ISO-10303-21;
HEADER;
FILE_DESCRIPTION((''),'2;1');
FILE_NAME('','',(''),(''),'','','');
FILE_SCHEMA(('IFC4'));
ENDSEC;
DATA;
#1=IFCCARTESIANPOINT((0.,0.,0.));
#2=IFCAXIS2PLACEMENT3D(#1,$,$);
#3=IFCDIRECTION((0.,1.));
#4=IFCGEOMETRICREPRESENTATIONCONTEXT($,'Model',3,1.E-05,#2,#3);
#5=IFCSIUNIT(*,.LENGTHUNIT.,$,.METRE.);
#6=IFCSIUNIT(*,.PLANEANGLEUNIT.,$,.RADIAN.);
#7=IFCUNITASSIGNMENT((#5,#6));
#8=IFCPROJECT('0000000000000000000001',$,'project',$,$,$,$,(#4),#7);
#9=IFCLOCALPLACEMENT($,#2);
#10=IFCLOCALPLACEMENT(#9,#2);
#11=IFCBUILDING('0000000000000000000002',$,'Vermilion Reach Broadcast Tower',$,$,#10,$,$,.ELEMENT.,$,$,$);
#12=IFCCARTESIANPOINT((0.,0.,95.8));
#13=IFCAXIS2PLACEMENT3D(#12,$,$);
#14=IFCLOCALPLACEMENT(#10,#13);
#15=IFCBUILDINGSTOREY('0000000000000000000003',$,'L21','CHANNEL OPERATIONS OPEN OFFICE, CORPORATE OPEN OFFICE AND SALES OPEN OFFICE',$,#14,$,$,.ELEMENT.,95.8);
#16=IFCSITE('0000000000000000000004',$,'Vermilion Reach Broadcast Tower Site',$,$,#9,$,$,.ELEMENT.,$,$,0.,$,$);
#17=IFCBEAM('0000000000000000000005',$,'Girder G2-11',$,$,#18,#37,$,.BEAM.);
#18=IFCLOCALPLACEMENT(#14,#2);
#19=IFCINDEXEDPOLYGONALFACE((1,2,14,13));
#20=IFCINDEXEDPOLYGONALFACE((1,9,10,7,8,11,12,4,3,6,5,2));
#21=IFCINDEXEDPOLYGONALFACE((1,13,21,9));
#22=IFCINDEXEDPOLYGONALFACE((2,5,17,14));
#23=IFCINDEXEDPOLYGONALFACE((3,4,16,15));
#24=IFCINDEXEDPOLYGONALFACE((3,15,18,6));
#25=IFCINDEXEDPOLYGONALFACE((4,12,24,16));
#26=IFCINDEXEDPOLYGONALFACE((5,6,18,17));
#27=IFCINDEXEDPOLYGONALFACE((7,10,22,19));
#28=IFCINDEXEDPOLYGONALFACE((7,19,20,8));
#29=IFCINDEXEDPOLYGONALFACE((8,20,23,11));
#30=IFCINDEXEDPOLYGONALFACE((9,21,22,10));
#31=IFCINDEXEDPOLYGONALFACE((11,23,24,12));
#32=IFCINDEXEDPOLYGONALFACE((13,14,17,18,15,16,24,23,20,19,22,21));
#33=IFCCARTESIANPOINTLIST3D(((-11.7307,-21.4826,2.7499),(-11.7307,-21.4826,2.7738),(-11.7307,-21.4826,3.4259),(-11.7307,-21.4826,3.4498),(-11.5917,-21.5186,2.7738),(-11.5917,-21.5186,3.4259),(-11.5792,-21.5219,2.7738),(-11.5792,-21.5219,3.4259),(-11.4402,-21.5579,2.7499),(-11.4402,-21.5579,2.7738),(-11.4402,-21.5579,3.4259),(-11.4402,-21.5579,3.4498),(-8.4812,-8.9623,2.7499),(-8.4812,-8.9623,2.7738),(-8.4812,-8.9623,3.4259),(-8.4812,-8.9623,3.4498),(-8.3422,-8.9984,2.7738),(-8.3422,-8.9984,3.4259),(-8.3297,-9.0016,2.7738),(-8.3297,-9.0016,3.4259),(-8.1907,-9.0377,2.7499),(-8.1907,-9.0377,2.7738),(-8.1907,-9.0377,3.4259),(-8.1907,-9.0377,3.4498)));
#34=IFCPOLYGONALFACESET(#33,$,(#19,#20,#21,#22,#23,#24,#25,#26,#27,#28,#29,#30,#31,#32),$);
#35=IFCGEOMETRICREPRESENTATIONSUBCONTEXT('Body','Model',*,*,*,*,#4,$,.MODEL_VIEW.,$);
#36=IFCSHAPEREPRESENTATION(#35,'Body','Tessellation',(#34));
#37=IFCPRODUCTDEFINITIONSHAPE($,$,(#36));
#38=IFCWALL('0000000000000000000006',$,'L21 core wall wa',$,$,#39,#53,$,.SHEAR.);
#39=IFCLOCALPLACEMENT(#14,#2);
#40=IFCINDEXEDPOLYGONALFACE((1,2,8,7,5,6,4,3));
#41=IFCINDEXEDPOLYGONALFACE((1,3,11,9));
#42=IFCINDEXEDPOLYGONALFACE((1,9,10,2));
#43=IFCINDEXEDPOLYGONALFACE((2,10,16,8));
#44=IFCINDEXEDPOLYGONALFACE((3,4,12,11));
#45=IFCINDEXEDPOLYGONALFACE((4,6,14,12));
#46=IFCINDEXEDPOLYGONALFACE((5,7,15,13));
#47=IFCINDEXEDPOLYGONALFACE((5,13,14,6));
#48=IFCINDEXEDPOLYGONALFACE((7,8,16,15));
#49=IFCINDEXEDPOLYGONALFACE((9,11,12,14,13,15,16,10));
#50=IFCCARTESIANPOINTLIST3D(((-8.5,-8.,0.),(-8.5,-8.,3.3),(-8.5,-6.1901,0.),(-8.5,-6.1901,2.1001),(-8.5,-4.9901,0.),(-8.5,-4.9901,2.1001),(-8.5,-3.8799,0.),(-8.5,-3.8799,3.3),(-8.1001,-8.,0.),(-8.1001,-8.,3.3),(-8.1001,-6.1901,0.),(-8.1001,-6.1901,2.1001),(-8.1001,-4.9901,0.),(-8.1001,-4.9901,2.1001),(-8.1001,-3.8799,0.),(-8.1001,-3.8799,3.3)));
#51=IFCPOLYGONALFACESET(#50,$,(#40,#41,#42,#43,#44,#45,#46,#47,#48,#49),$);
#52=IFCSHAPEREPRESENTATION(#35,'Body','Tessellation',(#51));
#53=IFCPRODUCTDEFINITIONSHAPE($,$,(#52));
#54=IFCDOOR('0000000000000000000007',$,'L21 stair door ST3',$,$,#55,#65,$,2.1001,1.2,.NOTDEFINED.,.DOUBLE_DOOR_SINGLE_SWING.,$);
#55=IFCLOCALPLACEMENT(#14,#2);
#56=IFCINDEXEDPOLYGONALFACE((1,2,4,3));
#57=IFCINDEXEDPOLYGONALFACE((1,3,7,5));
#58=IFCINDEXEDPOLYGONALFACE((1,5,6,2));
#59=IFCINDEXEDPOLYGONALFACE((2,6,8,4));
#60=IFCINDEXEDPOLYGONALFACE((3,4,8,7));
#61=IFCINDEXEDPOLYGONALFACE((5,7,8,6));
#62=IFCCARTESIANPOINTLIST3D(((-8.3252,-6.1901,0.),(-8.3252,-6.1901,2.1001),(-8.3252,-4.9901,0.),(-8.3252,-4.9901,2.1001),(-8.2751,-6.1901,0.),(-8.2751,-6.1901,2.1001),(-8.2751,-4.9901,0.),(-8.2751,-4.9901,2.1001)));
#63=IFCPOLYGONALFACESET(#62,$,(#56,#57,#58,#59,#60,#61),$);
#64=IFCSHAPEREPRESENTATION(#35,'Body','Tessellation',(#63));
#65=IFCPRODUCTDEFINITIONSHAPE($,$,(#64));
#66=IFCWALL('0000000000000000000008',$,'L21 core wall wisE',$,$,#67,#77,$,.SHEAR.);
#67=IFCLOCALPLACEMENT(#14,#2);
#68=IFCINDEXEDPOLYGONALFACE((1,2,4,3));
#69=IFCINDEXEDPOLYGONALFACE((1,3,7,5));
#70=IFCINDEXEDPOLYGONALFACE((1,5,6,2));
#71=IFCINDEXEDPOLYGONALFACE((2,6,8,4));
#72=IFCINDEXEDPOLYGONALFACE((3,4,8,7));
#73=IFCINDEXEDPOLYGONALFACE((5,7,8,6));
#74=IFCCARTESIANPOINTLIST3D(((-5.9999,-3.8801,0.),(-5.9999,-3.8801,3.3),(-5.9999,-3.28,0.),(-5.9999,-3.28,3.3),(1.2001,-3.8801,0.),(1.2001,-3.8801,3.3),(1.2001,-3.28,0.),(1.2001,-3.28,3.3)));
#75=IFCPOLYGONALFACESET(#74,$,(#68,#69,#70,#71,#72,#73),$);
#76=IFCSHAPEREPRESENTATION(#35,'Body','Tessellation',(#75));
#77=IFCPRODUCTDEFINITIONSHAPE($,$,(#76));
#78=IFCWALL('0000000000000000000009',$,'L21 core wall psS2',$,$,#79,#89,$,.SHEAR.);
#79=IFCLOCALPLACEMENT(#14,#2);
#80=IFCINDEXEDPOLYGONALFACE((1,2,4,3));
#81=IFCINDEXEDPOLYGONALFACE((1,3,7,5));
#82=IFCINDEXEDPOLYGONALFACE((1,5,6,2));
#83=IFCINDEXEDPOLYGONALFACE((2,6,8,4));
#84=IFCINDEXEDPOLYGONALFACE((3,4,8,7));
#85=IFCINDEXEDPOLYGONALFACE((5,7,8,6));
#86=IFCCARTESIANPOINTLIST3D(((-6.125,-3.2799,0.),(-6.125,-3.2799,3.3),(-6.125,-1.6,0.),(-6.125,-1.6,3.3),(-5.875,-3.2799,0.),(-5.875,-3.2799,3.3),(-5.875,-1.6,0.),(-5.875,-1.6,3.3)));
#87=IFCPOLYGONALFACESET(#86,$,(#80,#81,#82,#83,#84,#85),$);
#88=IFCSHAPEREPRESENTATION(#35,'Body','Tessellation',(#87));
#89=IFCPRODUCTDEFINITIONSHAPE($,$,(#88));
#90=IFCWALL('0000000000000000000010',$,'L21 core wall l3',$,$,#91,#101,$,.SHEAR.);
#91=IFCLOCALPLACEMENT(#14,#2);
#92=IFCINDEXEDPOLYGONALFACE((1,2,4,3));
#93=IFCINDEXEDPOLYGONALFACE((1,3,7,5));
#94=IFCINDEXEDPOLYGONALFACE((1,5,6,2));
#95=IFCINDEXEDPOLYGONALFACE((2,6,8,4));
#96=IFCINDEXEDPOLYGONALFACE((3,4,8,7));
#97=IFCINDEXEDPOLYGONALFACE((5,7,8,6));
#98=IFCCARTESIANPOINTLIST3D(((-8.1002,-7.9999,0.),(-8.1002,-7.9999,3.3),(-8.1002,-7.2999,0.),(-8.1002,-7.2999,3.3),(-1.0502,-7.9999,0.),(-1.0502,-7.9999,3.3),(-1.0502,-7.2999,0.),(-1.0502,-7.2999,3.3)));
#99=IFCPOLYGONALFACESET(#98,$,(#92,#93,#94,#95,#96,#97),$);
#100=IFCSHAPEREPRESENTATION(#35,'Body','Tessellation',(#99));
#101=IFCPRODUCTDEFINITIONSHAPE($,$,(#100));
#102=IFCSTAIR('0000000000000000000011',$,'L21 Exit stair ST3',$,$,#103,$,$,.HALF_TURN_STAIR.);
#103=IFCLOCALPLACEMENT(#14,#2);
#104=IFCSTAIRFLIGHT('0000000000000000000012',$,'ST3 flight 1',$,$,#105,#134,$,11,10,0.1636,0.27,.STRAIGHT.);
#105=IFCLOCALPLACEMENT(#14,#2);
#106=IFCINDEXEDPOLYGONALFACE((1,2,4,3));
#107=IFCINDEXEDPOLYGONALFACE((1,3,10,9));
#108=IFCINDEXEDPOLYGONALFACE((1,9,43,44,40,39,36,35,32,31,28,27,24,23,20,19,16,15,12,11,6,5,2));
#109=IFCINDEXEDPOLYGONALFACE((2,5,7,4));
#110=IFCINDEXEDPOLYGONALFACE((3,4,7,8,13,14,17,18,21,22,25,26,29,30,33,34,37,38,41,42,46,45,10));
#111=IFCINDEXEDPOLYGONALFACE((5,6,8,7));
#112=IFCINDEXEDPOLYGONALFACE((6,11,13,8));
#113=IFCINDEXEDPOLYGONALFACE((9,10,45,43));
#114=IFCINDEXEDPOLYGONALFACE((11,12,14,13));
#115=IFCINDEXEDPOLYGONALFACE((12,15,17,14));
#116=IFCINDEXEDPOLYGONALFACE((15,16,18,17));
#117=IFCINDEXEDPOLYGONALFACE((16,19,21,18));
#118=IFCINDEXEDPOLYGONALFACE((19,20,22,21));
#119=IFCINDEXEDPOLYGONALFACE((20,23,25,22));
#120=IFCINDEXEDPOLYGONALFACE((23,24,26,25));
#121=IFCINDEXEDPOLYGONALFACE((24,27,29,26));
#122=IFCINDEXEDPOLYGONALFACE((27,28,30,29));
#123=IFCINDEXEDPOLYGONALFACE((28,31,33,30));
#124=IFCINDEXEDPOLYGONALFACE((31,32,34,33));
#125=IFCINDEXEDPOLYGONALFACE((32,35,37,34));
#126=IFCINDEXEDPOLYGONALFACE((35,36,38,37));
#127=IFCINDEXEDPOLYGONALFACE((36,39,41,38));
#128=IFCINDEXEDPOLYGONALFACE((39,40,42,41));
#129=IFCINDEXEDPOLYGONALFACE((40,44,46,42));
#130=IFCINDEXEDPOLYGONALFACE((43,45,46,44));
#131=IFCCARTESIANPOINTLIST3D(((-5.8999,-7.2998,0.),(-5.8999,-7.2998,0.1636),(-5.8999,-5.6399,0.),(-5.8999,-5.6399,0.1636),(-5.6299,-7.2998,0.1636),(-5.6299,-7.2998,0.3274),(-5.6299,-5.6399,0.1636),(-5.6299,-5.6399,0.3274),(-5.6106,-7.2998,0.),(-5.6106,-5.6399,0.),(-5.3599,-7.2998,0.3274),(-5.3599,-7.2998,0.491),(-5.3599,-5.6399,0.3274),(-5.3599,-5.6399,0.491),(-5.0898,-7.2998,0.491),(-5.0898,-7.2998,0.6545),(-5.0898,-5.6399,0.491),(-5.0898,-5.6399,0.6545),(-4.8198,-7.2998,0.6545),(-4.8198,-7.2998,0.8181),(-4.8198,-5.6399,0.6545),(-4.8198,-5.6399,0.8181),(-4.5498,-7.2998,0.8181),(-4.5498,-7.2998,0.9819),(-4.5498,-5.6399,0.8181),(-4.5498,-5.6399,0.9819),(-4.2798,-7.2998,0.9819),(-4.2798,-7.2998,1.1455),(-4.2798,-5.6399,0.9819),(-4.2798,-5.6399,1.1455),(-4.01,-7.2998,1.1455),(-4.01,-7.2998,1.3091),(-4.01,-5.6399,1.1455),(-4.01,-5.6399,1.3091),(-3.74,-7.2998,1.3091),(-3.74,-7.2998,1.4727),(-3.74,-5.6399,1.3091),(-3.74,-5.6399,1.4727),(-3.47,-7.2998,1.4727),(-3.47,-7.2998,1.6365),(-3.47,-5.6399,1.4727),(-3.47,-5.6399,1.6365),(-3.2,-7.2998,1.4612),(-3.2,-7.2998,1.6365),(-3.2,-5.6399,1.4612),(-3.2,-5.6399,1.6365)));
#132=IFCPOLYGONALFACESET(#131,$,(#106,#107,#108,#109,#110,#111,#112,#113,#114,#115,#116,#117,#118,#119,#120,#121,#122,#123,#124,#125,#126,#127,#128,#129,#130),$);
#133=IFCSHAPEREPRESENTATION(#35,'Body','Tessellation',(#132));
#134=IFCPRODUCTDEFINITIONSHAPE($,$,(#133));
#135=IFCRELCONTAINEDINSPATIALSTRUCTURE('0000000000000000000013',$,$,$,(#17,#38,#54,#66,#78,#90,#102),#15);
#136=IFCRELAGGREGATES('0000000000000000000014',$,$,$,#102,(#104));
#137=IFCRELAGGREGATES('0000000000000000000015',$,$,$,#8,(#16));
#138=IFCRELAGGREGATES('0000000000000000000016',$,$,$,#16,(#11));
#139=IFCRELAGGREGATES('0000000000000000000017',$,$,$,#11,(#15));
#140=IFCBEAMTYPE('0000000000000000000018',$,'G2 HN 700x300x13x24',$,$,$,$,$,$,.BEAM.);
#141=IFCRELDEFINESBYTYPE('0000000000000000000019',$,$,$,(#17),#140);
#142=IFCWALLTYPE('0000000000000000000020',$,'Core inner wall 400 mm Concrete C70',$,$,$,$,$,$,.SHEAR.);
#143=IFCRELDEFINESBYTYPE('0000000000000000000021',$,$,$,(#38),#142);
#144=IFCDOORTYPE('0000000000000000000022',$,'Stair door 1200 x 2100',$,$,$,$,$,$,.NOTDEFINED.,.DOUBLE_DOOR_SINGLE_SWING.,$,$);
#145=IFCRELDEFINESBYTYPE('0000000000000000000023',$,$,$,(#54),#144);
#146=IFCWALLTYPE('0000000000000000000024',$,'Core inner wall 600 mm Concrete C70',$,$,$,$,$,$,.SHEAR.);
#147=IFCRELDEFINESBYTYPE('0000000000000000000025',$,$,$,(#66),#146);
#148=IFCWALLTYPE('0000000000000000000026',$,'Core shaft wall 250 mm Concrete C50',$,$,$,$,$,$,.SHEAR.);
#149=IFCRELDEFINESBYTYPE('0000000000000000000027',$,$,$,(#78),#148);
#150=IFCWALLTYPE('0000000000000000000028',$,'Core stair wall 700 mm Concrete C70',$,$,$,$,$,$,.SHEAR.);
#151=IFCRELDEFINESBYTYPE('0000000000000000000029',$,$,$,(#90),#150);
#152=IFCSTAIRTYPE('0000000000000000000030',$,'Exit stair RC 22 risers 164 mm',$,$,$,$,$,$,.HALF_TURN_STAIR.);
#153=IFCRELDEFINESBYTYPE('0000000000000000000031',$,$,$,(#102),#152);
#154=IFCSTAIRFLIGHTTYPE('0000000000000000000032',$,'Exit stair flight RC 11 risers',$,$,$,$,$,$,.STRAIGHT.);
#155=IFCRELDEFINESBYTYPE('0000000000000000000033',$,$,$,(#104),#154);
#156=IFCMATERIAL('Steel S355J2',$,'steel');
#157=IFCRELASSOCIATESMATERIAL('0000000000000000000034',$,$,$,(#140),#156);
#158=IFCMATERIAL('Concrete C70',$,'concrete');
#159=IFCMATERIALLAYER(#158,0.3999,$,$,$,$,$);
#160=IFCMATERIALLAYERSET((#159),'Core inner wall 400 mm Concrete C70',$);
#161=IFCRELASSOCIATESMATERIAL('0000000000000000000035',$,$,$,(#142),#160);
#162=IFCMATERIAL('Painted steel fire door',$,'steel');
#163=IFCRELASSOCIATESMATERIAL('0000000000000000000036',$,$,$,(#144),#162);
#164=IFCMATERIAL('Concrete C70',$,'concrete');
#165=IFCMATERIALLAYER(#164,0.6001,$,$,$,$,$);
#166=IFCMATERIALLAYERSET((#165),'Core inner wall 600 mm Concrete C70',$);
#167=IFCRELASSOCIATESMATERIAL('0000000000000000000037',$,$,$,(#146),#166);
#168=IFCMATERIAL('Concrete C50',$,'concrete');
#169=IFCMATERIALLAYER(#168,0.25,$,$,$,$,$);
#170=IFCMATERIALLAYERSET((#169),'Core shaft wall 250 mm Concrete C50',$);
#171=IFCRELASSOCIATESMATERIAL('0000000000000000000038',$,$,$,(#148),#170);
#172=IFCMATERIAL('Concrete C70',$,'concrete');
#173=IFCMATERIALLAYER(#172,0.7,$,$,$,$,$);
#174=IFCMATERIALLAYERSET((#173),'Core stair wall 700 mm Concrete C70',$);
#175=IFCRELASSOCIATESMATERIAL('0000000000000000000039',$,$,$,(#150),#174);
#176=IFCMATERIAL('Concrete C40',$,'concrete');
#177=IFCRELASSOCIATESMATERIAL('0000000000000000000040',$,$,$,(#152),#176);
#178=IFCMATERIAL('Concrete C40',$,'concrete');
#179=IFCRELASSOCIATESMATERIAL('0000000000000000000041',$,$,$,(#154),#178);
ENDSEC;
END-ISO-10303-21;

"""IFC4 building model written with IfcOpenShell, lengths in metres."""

from ifc_helpers import new_model, si_unit, direction, frame, frame_2d, origin, origin_2d, place, context, subcontext, project, spatial, polyline, rectangle, i_section, outline, extrude, material, layer, layer_set, material_profile, profile_set, type_object, element, fill, aggregate, save


model = new_model("IFC4")

# Units and contexts
model_context = context("Model", 3, precision=1e-05, world=origin(), true_north=direction((0.0, 1.0)))
body_context = subcontext(model_context, "Body", "Model", "MODEL_VIEW")
ifc_project = project(units=[si_unit("LENGTHUNIT", "METRE"), si_unit("PLANEANGLEUNIT", "RADIAN")], contexts=[model_context])

# Site, building, storey
site_placement = place(None, origin())
site = spatial("IfcSite", under=ifc_project, at=site_placement, Name="Vermilion Reach Broadcast Tower Site", CompositionType="ELEMENT", RefElevation=0.0)
building_placement = place(site_placement, origin())
building = spatial("IfcBuilding", under=site, at=building_placement, Name="Vermilion Reach Broadcast Tower", CompositionType="ELEMENT")
storey_placement = place(building_placement, frame((0.0, 0.0, 95.8)))
storey = spatial("IfcBuildingStorey", under=building, at=storey_placement, Name="L21", Description="CHANNEL OPERATIONS OPEN OFFICE, CORPORATE OPEN OFFICE AND SALES OPEN OFFICE", CompositionType="ELEMENT", Elevation=95.8)

# Beam
ifc_material_1 = material(Name="Steel S355J2", Category="steel")
ifc_material_profile = material_profile(ifc_material_1, i_section(OverallWidth=0.3, OverallDepth=0.7, WebThickness=0.0129, FlangeThickness=0.0239, at=origin_2d()), Name="S355J2 HN 700x300x13x24")
ifc_profile_set = profile_set([ifc_material_profile], Name="Steel S355J2")
beam_type = type_object("IfcBeamType", Name="G2 HN 700x300x13x24", PredefinedType="BEAM", material=ifc_profile_set)
beam_placement = place(storey_placement, frame((-8.3359, -9.0, 3.0999), z_axis=(-0.251217, -0.967931, 0.0), x_axis=(0.967931, -0.251217, 0.0)))
element("IfcBeam", 1, at=beam_placement, inside=storey, type_object=beam_type, Name="Girder G2-11", PredefinedType="BEAM", context=body_context, shape_type="SweptSolid", body=[
    extrude(i_section(OverallWidth=0.3, OverallDepth=0.7, WebThickness=0.0129, FlangeThickness=0.0239, at=origin_2d()), origin(), (0.0, 0.0, 1.0), 12.9351),
])

# Wall, opening, door
ifc_material_2 = material(Name="Concrete C70", Category="concrete")
ifc_layer_1 = layer(ifc_material_2, 0.3999)
ifc_layer_set_1 = layer_set([ifc_layer_1], Name="Core inner wall 400 mm Concrete C70")
wall_type_1 = type_object("IfcWallType", Name="Core inner wall 400 mm Concrete C70", PredefinedType="SHEAR", material=ifc_layer_set_1)
wall_1_placement = place(storey_placement, frame((-8.3, -3.8799, 0.0), z_axis=(0.0, 0.0, 1.0), x_axis=(0.0, -1.0, 0.0)))
wall_1 = element("IfcWall", 2, at=wall_1_placement, inside=storey, type_object=wall_type_1, Name="L21 core wall wa", PredefinedType="SHEAR", context=body_context, shape_type="SweptSolid", body=[
    extrude(rectangle(XDim=4.1201, YDim=0.3999, at=frame_2d((2.0601, 0.0))), origin(), (0.0, 0.0, 1.0), 3.3),
])
opening_placement = place(wall_1_placement, frame((1.1101, 0.0, 0.0)))
opening = element("IfcOpeningElement", 3, at=opening_placement, cuts=wall_1, PredefinedType="OPENING", context=body_context, shape_type="SweptSolid", body=[
    extrude(rectangle(XDim=1.2, YDim=2.1001, at=frame_2d((0.6001, 1.05))), frame((0.0, 0.21, 0.0), z_axis=(0.0, -1.0, 0.0), x_axis=(1.0, 0.0, 0.0)), (0.0, 0.0, 1.0), 0.4199),
])
ifc_material_3 = material(Name="Painted steel fire door", Category="steel")
door_type = type_object("IfcDoorType", Name="Stair door 1200 x 2100", OperationType="DOUBLE_DOOR_SINGLE_SWING", PredefinedType="NOTDEFINED", material=ifc_material_3)
door_placement = place(opening_placement, origin())
door = element("IfcDoor", 4, at=door_placement, inside=storey, type_object=door_type, Name="L21 stair door ST3", OperationType="DOUBLE_DOOR_SINGLE_SWING", OverallHeight=2.1001, OverallWidth=1.2, PredefinedType="NOTDEFINED", context=body_context, shape_type="SweptSolid", body=[
    extrude(rectangle(XDim=1.2, YDim=2.1001, at=frame_2d((0.6001, 1.05))), frame((0.0, 0.0249, 0.0), z_axis=(0.0, -1.0, 0.0), x_axis=(1.0, 0.0, 0.0)), (0.0, 0.0, 1.0), 0.05),
])
fill(opening, door)

# Walls
ifc_material_4 = material(Name="Concrete C70", Category="concrete")
ifc_layer_2 = layer(ifc_material_4, 0.6001)
ifc_layer_set_2 = layer_set([ifc_layer_2], Name="Core inner wall 600 mm Concrete C70")
wall_type_2 = type_object("IfcWallType", Name="Core inner wall 600 mm Concrete C70", PredefinedType="SHEAR", material=ifc_layer_set_2)
wall_2_placement = place(storey_placement, frame((-6.0, -3.5801, 0.0), z_axis=(0.0, 0.0, 1.0), x_axis=(1.0, 0.0, 0.0)))
element("IfcWall", 5, at=wall_2_placement, inside=storey, type_object=wall_type_2, Name="L21 core wall wisE", PredefinedType="SHEAR", context=body_context, shape_type="SweptSolid", body=[
    extrude(rectangle(XDim=7.2, YDim=0.6001, at=frame_2d((3.6001, 0.0))), origin(), (0.0, 0.0, 1.0), 3.3),
])
ifc_material_5 = material(Name="Concrete C50", Category="concrete")
ifc_layer_3 = layer(ifc_material_5, 0.25)
ifc_layer_set_3 = layer_set([ifc_layer_3], Name="Core shaft wall 250 mm Concrete C50")
wall_type_3 = type_object("IfcWallType", Name="Core shaft wall 250 mm Concrete C50", PredefinedType="SHEAR", material=ifc_layer_set_3)
wall_3_placement = place(storey_placement, frame((-6.0, -1.6001, 0.0), z_axis=(0.0, 0.0, 1.0), x_axis=(0.0, -1.0, 0.0)))
element("IfcWall", 6, at=wall_3_placement, inside=storey, type_object=wall_type_3, Name="L21 core wall psS2", PredefinedType="SHEAR", context=body_context, shape_type="SweptSolid", body=[
    extrude(rectangle(XDim=1.6799, YDim=0.25, at=frame_2d((0.8398, 0.0))), origin(), (0.0, 0.0, 1.0), 3.3),
])
ifc_material_6 = material(Name="Concrete C70", Category="concrete")
ifc_layer_4 = layer(ifc_material_6, 0.7)
ifc_layer_set_4 = layer_set([ifc_layer_4], Name="Core stair wall 700 mm Concrete C70")
wall_type_4 = type_object("IfcWallType", Name="Core stair wall 700 mm Concrete C70", PredefinedType="SHEAR", material=ifc_layer_set_4)
wall_4_placement = place(storey_placement, frame((-8.1001, -7.6499, 0.0), z_axis=(0.0, 0.0, 1.0), x_axis=(1.0, 0.0, 0.0)))
element("IfcWall", 7, at=wall_4_placement, inside=storey, type_object=wall_type_4, Name="L21 core wall l3", PredefinedType="SHEAR", context=body_context, shape_type="SweptSolid", body=[
    extrude(rectangle(XDim=7.05, YDim=0.7, at=frame_2d((3.5249, 0.0))), origin(), (0.0, 0.0, 1.0), 3.3),
])

# Stair, stair flight
ifc_material_7 = material(Name="Concrete C40", Category="concrete")
stair_type = type_object("IfcStairType", Name="Exit stair RC 22 risers 164 mm", PredefinedType="HALF_TURN_STAIR", material=ifc_material_7)
stair_placement = place(storey_placement, origin())
stair = element("IfcStair", 8, at=stair_placement, inside=storey, type_object=stair_type, Name="L21 Exit stair ST3", PredefinedType="HALF_TURN_STAIR")
ifc_material_8 = material(Name="Concrete C40", Category="concrete")
stair_flight_type = type_object("IfcStairFlightType", Name="Exit stair flight RC 11 risers", PredefinedType="STRAIGHT", material=ifc_material_8)
stair_flight_placement = place(storey_placement, frame((-5.8999, -6.47, 0.0), z_axis=(0.0, 0.0, 1.0), x_axis=(1.0, 0.0, 0.0)))
stair_flight = element("IfcStairFlight", 9, at=stair_flight_placement, type_object=stair_flight_type, Name="ST3 flight 1", NumberOfRisers=11, NumberOfTreads=10, PredefinedType="STRAIGHT", RiserHeight=0.1636, TreadLength=0.27, context=body_context, shape_type="SweptSolid", body=[
    extrude(outline(polyline([(0.0, 0.0), (0.0, 0.1636), (0.27, 0.1636), (0.27, 0.3274), (0.54, 0.3274), (0.54, 0.491), (0.8101, 0.491), (0.8101, 0.6545), (1.0801, 0.6545), (1.0801, 0.8181), (1.3501, 0.8181), (1.3501, 0.9819), (1.6201, 0.9819), (1.6201, 1.1455), (1.8899, 1.1455), (1.8899, 1.3091), (2.1599, 1.3091), (2.1599, 1.4727), (2.4299, 1.4727), (2.4299, 1.6365), (2.7, 1.6365), (2.7, 1.8), (2.7, 1.4612), (0.2893, 0.0), (0.0, 0.0)])), frame((0.0, 0.8301, 0.0), z_axis=(0.0, -1.0, 0.0), x_axis=(1.0, 0.0, 0.0)), (0.0, 0.0, 1.0), 1.6599),
])
aggregate(stair, [stair_flight])

save(model, "model.ifc")
